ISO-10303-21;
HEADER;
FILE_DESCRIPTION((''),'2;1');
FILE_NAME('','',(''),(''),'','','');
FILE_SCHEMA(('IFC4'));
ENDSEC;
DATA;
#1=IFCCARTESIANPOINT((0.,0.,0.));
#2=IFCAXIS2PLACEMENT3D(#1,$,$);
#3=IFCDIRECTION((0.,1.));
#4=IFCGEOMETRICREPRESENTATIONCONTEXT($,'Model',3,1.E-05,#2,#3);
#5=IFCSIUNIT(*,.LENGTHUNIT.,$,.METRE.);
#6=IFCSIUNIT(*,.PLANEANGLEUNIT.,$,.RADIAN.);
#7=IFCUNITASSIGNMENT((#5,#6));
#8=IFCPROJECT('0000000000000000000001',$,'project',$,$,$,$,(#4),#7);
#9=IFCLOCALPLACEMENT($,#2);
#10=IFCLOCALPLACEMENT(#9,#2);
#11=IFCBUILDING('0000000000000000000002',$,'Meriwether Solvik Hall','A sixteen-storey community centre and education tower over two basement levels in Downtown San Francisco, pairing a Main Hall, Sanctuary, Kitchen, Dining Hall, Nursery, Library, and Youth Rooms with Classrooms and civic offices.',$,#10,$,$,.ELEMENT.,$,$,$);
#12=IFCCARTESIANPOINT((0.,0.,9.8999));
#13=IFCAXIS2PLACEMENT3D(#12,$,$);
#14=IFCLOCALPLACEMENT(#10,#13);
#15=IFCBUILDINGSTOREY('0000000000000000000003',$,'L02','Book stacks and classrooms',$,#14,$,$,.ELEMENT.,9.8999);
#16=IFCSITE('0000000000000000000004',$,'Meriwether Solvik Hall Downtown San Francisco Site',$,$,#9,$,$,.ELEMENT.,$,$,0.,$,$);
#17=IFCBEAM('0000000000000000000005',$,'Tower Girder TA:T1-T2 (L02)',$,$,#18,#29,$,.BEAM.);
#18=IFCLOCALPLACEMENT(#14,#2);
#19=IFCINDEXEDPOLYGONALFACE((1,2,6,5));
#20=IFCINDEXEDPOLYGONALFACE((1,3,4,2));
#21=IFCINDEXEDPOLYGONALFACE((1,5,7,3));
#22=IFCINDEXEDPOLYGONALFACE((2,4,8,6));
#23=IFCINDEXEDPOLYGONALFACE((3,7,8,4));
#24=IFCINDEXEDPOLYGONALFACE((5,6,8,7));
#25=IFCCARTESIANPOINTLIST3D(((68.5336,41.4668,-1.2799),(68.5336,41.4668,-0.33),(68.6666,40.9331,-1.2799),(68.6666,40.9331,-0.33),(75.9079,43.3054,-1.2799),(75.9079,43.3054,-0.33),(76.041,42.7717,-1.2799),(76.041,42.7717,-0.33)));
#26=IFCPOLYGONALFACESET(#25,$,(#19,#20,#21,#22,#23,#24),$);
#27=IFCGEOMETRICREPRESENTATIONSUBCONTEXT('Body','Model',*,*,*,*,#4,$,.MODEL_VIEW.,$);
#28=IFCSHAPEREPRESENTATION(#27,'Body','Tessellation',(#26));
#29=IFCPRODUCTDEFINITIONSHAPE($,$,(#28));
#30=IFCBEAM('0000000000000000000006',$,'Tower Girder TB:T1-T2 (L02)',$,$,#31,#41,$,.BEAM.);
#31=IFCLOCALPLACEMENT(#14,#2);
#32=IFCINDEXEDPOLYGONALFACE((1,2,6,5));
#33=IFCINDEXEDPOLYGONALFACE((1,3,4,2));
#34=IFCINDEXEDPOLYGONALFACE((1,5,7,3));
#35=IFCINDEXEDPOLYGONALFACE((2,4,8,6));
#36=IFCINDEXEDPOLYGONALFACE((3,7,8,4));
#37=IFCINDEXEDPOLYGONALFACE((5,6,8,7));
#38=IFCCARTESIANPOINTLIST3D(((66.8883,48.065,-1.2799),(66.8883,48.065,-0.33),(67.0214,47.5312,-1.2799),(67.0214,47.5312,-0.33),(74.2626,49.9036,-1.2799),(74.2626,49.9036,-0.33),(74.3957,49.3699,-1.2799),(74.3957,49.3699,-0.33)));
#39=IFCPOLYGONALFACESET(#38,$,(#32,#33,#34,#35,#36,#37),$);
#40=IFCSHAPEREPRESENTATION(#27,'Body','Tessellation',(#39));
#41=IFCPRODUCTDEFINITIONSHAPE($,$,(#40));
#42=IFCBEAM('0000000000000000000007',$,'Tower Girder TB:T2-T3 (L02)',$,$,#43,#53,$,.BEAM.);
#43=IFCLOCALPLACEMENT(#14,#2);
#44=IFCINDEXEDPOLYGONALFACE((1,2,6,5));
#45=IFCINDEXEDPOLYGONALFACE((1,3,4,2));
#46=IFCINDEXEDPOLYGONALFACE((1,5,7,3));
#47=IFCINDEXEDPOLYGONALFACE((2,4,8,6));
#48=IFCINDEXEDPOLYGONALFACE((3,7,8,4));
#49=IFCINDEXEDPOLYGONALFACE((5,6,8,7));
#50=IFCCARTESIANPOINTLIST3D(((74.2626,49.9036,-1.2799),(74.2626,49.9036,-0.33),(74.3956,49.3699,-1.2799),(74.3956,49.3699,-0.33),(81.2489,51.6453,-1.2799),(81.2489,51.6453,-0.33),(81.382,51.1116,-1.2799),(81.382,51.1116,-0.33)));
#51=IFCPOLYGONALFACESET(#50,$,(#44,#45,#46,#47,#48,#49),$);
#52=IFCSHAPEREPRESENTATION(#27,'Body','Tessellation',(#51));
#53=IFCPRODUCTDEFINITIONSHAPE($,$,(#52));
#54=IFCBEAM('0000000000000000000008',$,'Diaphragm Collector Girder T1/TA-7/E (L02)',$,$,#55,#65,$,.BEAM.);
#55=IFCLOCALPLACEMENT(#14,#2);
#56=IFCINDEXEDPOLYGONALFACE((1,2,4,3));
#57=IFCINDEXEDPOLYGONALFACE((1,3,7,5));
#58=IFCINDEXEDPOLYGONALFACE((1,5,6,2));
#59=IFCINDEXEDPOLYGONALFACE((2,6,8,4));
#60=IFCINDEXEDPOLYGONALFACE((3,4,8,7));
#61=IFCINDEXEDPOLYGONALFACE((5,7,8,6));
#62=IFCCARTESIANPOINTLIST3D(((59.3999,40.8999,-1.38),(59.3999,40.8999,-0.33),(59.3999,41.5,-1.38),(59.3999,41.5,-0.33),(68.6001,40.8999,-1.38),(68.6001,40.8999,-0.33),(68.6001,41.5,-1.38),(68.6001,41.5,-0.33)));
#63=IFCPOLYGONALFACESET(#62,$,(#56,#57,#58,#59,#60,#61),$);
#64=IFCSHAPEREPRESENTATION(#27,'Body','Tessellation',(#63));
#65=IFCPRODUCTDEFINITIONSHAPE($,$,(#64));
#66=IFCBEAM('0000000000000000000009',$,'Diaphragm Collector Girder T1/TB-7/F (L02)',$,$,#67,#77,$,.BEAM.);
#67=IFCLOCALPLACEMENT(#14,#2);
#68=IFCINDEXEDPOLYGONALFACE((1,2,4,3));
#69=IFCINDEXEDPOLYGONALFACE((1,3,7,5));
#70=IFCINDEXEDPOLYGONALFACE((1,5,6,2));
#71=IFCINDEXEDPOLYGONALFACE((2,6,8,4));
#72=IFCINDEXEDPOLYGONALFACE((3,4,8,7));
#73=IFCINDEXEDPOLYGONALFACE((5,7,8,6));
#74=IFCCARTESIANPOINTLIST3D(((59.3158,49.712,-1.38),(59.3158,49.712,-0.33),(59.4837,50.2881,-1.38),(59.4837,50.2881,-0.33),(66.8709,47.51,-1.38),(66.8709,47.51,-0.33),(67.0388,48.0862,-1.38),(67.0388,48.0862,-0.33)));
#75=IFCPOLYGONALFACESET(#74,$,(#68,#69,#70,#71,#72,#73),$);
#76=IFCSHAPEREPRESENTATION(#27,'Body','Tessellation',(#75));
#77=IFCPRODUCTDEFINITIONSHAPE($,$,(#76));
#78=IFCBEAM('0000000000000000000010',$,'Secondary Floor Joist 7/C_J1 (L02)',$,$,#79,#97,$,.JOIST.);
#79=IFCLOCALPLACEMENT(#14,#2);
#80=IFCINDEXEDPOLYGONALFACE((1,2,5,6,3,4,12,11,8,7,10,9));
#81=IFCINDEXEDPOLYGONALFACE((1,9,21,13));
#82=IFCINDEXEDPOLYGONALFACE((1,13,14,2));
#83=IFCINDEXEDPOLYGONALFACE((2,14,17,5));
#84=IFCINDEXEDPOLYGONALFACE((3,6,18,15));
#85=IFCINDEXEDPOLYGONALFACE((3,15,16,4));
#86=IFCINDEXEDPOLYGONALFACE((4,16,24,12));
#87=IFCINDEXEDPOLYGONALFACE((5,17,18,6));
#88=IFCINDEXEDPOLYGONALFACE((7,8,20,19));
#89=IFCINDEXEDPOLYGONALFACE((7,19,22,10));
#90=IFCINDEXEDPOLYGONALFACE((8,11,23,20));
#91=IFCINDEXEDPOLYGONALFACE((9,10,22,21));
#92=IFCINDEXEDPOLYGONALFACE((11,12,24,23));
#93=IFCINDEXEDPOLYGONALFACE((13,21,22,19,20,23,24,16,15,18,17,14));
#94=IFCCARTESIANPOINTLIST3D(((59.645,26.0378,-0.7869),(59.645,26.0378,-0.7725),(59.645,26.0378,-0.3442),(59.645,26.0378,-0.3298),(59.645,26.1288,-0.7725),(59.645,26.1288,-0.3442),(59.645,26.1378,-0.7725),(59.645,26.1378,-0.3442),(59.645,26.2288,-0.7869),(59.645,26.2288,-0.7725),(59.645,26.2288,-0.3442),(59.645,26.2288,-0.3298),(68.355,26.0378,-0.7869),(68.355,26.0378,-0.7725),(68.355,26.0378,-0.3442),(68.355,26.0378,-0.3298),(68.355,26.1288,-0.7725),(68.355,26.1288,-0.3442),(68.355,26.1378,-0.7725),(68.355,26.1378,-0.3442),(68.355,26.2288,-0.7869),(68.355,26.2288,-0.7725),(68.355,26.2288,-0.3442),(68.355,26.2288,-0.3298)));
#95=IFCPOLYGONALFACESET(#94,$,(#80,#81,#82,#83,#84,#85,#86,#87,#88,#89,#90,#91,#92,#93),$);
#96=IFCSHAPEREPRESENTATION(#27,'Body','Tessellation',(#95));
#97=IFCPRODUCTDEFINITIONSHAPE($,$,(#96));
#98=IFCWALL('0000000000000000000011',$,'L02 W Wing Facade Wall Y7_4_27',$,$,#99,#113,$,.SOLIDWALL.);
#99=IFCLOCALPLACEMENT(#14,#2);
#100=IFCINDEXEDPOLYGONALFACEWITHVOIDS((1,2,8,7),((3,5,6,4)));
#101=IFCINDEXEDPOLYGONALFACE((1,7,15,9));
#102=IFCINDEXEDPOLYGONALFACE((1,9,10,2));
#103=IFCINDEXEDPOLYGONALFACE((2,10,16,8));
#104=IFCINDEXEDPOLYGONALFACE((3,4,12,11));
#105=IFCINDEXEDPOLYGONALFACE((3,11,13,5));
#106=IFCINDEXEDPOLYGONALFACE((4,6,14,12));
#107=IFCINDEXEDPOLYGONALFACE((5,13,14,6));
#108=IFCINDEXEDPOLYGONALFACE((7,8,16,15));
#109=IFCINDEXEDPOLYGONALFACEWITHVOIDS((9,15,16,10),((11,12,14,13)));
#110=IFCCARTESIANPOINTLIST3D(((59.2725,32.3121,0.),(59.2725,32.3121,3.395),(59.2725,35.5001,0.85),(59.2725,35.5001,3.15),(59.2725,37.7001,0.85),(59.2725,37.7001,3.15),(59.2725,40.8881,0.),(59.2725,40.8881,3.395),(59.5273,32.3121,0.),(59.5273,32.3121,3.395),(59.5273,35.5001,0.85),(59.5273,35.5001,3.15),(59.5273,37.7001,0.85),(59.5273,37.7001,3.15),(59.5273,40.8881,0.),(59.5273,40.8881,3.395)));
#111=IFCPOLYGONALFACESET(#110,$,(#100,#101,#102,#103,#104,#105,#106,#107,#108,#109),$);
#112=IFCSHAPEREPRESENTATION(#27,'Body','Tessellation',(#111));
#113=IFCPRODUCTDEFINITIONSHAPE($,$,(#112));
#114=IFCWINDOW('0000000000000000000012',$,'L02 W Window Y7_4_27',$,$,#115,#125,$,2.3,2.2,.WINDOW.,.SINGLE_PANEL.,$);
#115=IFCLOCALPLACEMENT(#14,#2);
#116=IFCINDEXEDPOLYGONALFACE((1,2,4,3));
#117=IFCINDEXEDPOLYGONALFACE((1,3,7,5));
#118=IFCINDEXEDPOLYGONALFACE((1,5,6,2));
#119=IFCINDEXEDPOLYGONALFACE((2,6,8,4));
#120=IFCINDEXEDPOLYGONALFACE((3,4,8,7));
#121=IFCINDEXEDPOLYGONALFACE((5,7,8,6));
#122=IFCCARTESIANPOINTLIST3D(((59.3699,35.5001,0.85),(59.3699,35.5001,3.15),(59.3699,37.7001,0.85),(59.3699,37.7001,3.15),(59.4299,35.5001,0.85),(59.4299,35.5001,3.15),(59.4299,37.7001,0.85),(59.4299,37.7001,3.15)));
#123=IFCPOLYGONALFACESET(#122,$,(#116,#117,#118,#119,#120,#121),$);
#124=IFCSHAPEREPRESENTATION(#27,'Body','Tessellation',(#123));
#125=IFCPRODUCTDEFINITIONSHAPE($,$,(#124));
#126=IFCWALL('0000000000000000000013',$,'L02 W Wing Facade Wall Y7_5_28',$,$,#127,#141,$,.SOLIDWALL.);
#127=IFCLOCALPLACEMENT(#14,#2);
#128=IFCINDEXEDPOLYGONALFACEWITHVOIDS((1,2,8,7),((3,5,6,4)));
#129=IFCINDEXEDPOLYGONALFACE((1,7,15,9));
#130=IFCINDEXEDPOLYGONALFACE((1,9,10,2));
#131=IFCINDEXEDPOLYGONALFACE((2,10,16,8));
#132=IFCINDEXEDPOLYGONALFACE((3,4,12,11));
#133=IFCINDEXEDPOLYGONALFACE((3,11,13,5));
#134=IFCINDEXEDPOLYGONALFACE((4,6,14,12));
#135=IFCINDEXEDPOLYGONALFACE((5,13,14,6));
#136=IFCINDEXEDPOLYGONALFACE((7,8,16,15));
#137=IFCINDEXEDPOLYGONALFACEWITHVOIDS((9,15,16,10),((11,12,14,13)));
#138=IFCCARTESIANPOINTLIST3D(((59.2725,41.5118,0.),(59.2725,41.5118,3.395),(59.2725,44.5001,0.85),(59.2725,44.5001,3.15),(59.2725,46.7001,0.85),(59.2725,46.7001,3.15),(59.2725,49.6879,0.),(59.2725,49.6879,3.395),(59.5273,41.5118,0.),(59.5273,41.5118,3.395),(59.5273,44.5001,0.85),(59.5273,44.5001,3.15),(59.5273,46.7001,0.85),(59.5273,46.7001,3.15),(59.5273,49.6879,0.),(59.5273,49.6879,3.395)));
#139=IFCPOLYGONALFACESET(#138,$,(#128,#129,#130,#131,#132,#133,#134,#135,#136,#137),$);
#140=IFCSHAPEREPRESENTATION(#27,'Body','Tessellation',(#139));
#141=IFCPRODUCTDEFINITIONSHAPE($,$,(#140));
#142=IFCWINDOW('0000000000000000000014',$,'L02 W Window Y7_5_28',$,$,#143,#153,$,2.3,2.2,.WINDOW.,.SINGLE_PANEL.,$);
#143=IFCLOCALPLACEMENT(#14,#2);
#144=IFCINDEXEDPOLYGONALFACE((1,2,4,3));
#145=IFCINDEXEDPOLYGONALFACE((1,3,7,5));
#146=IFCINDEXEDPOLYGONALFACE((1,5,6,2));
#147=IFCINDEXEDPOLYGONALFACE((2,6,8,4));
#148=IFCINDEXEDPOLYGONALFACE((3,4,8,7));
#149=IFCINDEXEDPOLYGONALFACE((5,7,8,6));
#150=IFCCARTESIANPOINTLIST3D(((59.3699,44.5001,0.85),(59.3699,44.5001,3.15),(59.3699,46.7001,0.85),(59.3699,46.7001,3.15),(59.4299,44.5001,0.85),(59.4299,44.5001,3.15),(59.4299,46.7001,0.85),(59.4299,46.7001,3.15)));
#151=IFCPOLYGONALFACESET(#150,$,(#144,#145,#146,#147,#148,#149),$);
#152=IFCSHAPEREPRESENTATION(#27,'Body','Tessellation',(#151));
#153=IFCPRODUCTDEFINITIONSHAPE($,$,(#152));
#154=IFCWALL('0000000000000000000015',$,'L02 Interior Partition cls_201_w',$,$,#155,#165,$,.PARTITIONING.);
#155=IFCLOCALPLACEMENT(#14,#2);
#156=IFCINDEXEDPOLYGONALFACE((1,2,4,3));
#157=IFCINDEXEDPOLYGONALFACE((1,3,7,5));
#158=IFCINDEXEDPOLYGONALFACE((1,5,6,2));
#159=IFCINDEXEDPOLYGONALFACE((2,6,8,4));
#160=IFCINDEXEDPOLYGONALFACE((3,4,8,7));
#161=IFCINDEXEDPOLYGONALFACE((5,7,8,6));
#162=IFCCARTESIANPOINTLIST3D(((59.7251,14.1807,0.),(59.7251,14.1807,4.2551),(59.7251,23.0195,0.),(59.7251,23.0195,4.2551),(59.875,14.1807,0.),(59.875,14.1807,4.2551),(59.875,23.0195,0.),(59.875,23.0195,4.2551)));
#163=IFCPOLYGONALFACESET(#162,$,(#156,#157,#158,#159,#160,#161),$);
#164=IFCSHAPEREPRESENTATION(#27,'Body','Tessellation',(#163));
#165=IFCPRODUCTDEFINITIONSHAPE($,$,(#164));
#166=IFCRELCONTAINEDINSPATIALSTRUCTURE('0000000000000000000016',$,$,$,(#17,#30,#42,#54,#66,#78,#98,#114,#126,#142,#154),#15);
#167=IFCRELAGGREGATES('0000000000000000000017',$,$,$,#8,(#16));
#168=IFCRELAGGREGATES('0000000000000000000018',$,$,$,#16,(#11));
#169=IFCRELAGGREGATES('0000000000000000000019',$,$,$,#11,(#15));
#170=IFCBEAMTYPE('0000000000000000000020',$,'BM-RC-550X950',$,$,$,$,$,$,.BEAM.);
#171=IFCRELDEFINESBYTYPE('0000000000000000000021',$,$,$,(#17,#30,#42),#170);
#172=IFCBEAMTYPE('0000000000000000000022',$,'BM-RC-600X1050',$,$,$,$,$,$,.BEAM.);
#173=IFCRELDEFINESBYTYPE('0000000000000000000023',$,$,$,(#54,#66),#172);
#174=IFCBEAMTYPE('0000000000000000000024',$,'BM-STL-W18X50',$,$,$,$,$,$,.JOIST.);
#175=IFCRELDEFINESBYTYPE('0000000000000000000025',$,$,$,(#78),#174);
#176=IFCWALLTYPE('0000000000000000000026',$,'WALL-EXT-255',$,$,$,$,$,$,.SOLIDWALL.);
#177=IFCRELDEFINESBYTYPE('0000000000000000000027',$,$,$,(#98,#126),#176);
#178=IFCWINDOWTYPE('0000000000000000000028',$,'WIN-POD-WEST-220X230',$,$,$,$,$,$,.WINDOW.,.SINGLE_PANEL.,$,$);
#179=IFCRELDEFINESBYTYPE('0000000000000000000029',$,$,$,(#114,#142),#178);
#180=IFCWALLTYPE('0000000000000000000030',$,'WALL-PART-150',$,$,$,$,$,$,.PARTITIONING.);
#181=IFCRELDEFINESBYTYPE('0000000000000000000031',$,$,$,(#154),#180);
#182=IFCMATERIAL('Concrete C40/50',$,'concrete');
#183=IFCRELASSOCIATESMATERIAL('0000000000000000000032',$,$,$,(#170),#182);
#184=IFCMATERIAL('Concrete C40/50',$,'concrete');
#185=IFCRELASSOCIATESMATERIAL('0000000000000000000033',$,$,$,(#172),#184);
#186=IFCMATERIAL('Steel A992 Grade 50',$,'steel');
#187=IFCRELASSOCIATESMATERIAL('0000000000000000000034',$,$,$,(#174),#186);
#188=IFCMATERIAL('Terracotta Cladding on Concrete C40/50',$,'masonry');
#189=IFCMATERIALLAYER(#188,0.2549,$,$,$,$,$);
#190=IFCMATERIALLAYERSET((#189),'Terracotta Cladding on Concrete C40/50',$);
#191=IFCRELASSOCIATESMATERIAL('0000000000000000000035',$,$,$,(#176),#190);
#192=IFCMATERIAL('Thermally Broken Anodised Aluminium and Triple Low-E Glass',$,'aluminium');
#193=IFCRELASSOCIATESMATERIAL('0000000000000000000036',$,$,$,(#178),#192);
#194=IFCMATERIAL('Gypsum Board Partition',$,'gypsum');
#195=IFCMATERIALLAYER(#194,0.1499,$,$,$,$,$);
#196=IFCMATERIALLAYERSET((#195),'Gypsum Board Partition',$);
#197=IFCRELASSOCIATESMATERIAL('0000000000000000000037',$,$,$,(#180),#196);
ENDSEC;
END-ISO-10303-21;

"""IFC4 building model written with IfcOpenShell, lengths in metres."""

from ifc_helpers import new_model, si_unit, direction, frame, frame_2d, origin, origin_2d, place, context, subcontext, project, spatial, rectangle, i_section, extrude, material, layer, layer_set, material_profile, profile_set, type_object, element, fill, save


model = new_model("IFC4")

# Units and contexts
model_context = context("Model", 3, precision=1e-05, world=origin(), true_north=direction((0.0, 1.0)))
body_context = subcontext(model_context, "Body", "Model", "MODEL_VIEW")
ifc_project = project(units=[si_unit("LENGTHUNIT", "METRE"), si_unit("PLANEANGLEUNIT", "RADIAN")], contexts=[model_context])

# Site, building, storey
site_placement = place(None, origin())
site = spatial("IfcSite", under=ifc_project, at=site_placement, Name="Meriwether Solvik Hall Downtown San Francisco Site", CompositionType="ELEMENT", RefElevation=0.0)
building_placement = place(site_placement, origin())
building = spatial("IfcBuilding", under=site, at=building_placement, Name="Meriwether Solvik Hall", Description="A sixteen-storey community centre and education tower over two basement levels in Downtown San Francisco, pairing a Main Hall, Sanctuary, Kitchen, Dining Hall, Nursery, Library, and Youth Rooms with Classrooms and civic offices.", CompositionType="ELEMENT")
storey_placement = place(building_placement, frame((0.0, 0.0, 9.8999)))
storey = spatial("IfcBuildingStorey", under=building, at=storey_placement, Name="L02", Description="Book stacks and classrooms", CompositionType="ELEMENT", Elevation=9.8999)

# Beams
ifc_material_1 = material(Name="Concrete C40/50", Category="concrete")
ifc_material_profile_1 = material_profile(ifc_material_1, rectangle(XDim=0.55, YDim=0.95, at=origin_2d()), Name="RCB-550X950")
ifc_profile_set_1 = profile_set([ifc_material_profile_1], Name="Concrete C40/50")
beam_type_1 = type_object("IfcBeamType", Name="BM-RC-550X950", PredefinedType="BEAM", material=ifc_profile_set_1)
for number, where, z_axis, x_axis, name in (
    (1, (68.6001, 41.2, -0.8049), (0.970295, 0.241923, 0.0), (-0.241923, 0.970295, 0.0), "Tower Girder TA:T1-T2 (L02)"),
    (2, (66.9548, 47.7981, -0.8049), (0.970295, 0.241923, 0.0), (-0.241923, 0.970295, 0.0), "Tower Girder TB:T1-T2 (L02)"),
):
    element("IfcBeam", number, at=place(storey_placement, frame(where, z_axis=z_axis, x_axis=x_axis)), inside=storey, type_object=beam_type_1, Name=name, PredefinedType="BEAM", context=body_context, shape_type="SweptSolid", body=[
        extrude(rectangle(XDim=0.55, YDim=0.95, at=origin_2d()), origin(), (0.0, 0.0, 1.0), 7.6001),
    ])
beam_1_placement = place(storey_placement, frame((74.3291, 49.6367, -0.8049), z_axis=(0.970302, 0.241897, 0.0), x_axis=(-0.241897, 0.970302, 0.0)))
element("IfcBeam", 3, at=beam_1_placement, inside=storey, type_object=beam_type_1, Name="Tower Girder TB:T2-T3 (L02)", PredefinedType="BEAM", context=body_context, shape_type="SweptSolid", body=[
    extrude(rectangle(XDim=0.55, YDim=0.95, at=origin_2d()), origin(), (0.0, 0.0, 1.0), 7.2002),
])
ifc_material_2 = material(Name="Concrete C40/50", Category="concrete")
ifc_material_profile_2 = material_profile(ifc_material_2, rectangle(XDim=0.6001, YDim=1.05, at=origin_2d()), Name="RCB-600X1050")
ifc_profile_set_2 = profile_set([ifc_material_profile_2], Name="Concrete C40/50")
beam_type_2 = type_object("IfcBeamType", Name="BM-RC-600X1050", PredefinedType="BEAM", material=ifc_profile_set_2)
beam_2_placement = place(storey_placement, frame((68.6001, 41.2, -0.855), z_axis=(-1.0, 0.0, 0.0), x_axis=(0.0, -1.0, 0.0)))
element("IfcBeam", 4, at=beam_2_placement, inside=storey, type_object=beam_type_2, Name="Diaphragm Collector Girder T1/TA-7/E (L02)", PredefinedType="BEAM", context=body_context, shape_type="SweptSolid", body=[
    extrude(rectangle(XDim=0.6001, YDim=1.05, at=origin_2d()), origin(), (0.0, 0.0, 1.0), 9.2002),
])
beam_3_placement = place(storey_placement, frame((66.9548, 47.7981, -0.855), z_axis=(-0.960055, 0.279811, 0.0), x_axis=(-0.279811, -0.960055, 0.0)))
element("IfcBeam", 5, at=beam_3_placement, inside=storey, type_object=beam_type_2, Name="Diaphragm Collector Girder T1/TB-7/F (L02)", PredefinedType="BEAM", context=body_context, shape_type="SweptSolid", body=[
    extrude(rectangle(XDim=0.6001, YDim=1.05, at=origin_2d()), origin(), (0.0, 0.0, 1.0), 7.8694),
])
ifc_material_3 = material(Name="Steel A992 Grade 50", Category="steel")
ifc_material_profile_3 = material_profile(ifc_material_3, i_section(OverallWidth=0.1909, OverallDepth=0.457, WebThickness=0.009, FlangeThickness=0.0144, at=origin_2d()), Name="W18X50")
ifc_profile_set_3 = profile_set([ifc_material_profile_3], Name="Steel A992 Grade 50")
beam_type_3 = type_object("IfcBeamType", Name="BM-STL-W18X50", PredefinedType="JOIST", material=ifc_profile_set_3)
beam_4_placement = place(storey_placement, frame((59.645, 26.1333, -0.5583), z_axis=(1.0, 0.0, 0.0), x_axis=(0.0, 1.0, 0.0)))
element("IfcBeam", 6, at=beam_4_placement, inside=storey, type_object=beam_type_3, Name="Secondary Floor Joist 7/C_J1 (L02)", PredefinedType="JOIST", context=body_context, shape_type="SweptSolid", body=[
    extrude(i_section(OverallWidth=0.1909, OverallDepth=0.457, WebThickness=0.009, FlangeThickness=0.0144, at=origin_2d()), origin(), (0.0, 0.0, 1.0), 8.71),
])

# Walls, openings, windows
ifc_material_4 = material(Name="Terracotta Cladding on Concrete C40/50", Category="masonry")
ifc_layer_1 = layer(ifc_material_4, 0.2549)
ifc_layer_set_1 = layer_set([ifc_layer_1], Name="Terracotta Cladding on Concrete C40/50")
wall_type_1 = type_object("IfcWallType", Name="WALL-EXT-255", PredefinedType="SOLIDWALL", material=ifc_layer_set_1)
wall_1_placement = place(storey_placement, frame((59.3999, 32.312, 0.0), z_axis=(0.0, 0.0, 1.0), x_axis=(0.0, 1.0, 0.0)))
wall_1 = element("IfcWall", 7, at=wall_1_placement, inside=storey, type_object=wall_type_1, Name="L02 W Wing Facade Wall Y7_4_27", PredefinedType="SOLIDWALL", context=body_context, shape_type="SweptSolid", body=[
    extrude(rectangle(XDim=8.5759, YDim=0.2549, at=frame_2d((4.2881, 0.0))), origin(), (0.0, 0.0, 1.0), 3.395),
])
opening_1_placement = place(wall_1_placement, frame((3.188, 0.0, 0.8501)))
opening_1 = element("IfcOpeningElement", 8, at=opening_1_placement, cuts=wall_1, PredefinedType="OPENING", context=body_context, shape_type="SweptSolid", body=[
    extrude(rectangle(XDim=2.2, YDim=2.3, at=frame_2d((1.1001, 1.1499))), frame((0.0, 0.1394, 0.0), z_axis=(0.0, -1.0, 0.0), x_axis=(1.0, 0.0, 0.0)), (0.0, 0.0, 1.0), 0.2788),
])
ifc_material_5 = material(Name="Thermally Broken Anodised Aluminium and Triple Low-E Glass", Category="aluminium")
window_type = type_object("IfcWindowType", Name="WIN-POD-WEST-220X230", PartitioningType="SINGLE_PANEL", PredefinedType="WINDOW", material=ifc_material_5)
window_1_placement = place(opening_1_placement, origin())
window_1 = element("IfcWindow", 9, at=window_1_placement, inside=storey, type_object=window_type, Name="L02 W Window Y7_4_27", OverallHeight=2.3, OverallWidth=2.2, PartitioningType="SINGLE_PANEL", PredefinedType="WINDOW", context=body_context, shape_type="SweptSolid", body=[
    extrude(rectangle(XDim=2.2, YDim=2.3, at=frame_2d((1.1001, 1.1499))), frame((0.0, 0.03, 0.0), z_axis=(0.0, -1.0, 0.0), x_axis=(1.0, 0.0, 0.0)), (0.0, 0.0, 1.0), 0.0601),
])
fill(opening_1, window_1)
wall_2_placement = place(storey_placement, frame((59.3999, 41.512, 0.0), z_axis=(0.0, 0.0, 1.0), x_axis=(0.0, 1.0, 0.0)))
wall_2 = element("IfcWall", 10, at=wall_2_placement, inside=storey, type_object=wall_type_1, Name="L02 W Wing Facade Wall Y7_5_28", PredefinedType="SOLIDWALL", context=body_context, shape_type="SweptSolid", body=[
    extrude(rectangle(XDim=8.176, YDim=0.2549, at=frame_2d((4.0879, 0.0))), origin(), (0.0, 0.0, 1.0), 3.395),
])
opening_2_placement = place(wall_2_placement, frame((2.988, 0.0, 0.8501)))
opening_2 = element("IfcOpeningElement", 11, at=opening_2_placement, cuts=wall_2, PredefinedType="OPENING", context=body_context, shape_type="SweptSolid", body=[
    extrude(rectangle(XDim=2.2, YDim=2.3, at=frame_2d((1.1001, 1.1499))), frame((0.0, 0.1394, 0.0), z_axis=(0.0, -1.0, 0.0), x_axis=(1.0, 0.0, 0.0)), (0.0, 0.0, 1.0), 0.2788),
])
window_2_placement = place(opening_2_placement, origin())
window_2 = element("IfcWindow", 12, at=window_2_placement, inside=storey, type_object=window_type, Name="L02 W Window Y7_5_28", OverallHeight=2.3, OverallWidth=2.2, PartitioningType="SINGLE_PANEL", PredefinedType="WINDOW", context=body_context, shape_type="SweptSolid", body=[
    extrude(rectangle(XDim=2.2, YDim=2.3, at=frame_2d((1.1001, 1.1499))), frame((0.0, 0.03, 0.0), z_axis=(0.0, -1.0, 0.0), x_axis=(1.0, 0.0, 0.0)), (0.0, 0.0, 1.0), 0.0601),
])
fill(opening_2, window_2)

# Wall
ifc_material_6 = material(Name="Gypsum Board Partition", Category="gypsum")
ifc_layer_2 = layer(ifc_material_6, 0.1499)
ifc_layer_set_2 = layer_set([ifc_layer_2], Name="Gypsum Board Partition")
wall_type_2 = type_object("IfcWallType", Name="WALL-PART-150", PredefinedType="PARTITIONING", material=ifc_layer_set_2)
wall_3_placement = place(storey_placement, frame((59.8, 23.0195, 0.0), z_axis=(0.0, 0.0, 1.0), x_axis=(0.0, -1.0, 0.0)))
element("IfcWall", 13, at=wall_3_placement, inside=storey, type_object=wall_type_2, Name="L02 Interior Partition cls_201_w", PredefinedType="PARTITIONING", context=body_context, shape_type="SweptSolid", body=[
    extrude(rectangle(XDim=8.8389, YDim=0.1499, at=frame_2d((4.4194, 0.0))), origin(), (0.0, 0.0, 1.0), 4.2551),
])

save(model, "model.ifc")
